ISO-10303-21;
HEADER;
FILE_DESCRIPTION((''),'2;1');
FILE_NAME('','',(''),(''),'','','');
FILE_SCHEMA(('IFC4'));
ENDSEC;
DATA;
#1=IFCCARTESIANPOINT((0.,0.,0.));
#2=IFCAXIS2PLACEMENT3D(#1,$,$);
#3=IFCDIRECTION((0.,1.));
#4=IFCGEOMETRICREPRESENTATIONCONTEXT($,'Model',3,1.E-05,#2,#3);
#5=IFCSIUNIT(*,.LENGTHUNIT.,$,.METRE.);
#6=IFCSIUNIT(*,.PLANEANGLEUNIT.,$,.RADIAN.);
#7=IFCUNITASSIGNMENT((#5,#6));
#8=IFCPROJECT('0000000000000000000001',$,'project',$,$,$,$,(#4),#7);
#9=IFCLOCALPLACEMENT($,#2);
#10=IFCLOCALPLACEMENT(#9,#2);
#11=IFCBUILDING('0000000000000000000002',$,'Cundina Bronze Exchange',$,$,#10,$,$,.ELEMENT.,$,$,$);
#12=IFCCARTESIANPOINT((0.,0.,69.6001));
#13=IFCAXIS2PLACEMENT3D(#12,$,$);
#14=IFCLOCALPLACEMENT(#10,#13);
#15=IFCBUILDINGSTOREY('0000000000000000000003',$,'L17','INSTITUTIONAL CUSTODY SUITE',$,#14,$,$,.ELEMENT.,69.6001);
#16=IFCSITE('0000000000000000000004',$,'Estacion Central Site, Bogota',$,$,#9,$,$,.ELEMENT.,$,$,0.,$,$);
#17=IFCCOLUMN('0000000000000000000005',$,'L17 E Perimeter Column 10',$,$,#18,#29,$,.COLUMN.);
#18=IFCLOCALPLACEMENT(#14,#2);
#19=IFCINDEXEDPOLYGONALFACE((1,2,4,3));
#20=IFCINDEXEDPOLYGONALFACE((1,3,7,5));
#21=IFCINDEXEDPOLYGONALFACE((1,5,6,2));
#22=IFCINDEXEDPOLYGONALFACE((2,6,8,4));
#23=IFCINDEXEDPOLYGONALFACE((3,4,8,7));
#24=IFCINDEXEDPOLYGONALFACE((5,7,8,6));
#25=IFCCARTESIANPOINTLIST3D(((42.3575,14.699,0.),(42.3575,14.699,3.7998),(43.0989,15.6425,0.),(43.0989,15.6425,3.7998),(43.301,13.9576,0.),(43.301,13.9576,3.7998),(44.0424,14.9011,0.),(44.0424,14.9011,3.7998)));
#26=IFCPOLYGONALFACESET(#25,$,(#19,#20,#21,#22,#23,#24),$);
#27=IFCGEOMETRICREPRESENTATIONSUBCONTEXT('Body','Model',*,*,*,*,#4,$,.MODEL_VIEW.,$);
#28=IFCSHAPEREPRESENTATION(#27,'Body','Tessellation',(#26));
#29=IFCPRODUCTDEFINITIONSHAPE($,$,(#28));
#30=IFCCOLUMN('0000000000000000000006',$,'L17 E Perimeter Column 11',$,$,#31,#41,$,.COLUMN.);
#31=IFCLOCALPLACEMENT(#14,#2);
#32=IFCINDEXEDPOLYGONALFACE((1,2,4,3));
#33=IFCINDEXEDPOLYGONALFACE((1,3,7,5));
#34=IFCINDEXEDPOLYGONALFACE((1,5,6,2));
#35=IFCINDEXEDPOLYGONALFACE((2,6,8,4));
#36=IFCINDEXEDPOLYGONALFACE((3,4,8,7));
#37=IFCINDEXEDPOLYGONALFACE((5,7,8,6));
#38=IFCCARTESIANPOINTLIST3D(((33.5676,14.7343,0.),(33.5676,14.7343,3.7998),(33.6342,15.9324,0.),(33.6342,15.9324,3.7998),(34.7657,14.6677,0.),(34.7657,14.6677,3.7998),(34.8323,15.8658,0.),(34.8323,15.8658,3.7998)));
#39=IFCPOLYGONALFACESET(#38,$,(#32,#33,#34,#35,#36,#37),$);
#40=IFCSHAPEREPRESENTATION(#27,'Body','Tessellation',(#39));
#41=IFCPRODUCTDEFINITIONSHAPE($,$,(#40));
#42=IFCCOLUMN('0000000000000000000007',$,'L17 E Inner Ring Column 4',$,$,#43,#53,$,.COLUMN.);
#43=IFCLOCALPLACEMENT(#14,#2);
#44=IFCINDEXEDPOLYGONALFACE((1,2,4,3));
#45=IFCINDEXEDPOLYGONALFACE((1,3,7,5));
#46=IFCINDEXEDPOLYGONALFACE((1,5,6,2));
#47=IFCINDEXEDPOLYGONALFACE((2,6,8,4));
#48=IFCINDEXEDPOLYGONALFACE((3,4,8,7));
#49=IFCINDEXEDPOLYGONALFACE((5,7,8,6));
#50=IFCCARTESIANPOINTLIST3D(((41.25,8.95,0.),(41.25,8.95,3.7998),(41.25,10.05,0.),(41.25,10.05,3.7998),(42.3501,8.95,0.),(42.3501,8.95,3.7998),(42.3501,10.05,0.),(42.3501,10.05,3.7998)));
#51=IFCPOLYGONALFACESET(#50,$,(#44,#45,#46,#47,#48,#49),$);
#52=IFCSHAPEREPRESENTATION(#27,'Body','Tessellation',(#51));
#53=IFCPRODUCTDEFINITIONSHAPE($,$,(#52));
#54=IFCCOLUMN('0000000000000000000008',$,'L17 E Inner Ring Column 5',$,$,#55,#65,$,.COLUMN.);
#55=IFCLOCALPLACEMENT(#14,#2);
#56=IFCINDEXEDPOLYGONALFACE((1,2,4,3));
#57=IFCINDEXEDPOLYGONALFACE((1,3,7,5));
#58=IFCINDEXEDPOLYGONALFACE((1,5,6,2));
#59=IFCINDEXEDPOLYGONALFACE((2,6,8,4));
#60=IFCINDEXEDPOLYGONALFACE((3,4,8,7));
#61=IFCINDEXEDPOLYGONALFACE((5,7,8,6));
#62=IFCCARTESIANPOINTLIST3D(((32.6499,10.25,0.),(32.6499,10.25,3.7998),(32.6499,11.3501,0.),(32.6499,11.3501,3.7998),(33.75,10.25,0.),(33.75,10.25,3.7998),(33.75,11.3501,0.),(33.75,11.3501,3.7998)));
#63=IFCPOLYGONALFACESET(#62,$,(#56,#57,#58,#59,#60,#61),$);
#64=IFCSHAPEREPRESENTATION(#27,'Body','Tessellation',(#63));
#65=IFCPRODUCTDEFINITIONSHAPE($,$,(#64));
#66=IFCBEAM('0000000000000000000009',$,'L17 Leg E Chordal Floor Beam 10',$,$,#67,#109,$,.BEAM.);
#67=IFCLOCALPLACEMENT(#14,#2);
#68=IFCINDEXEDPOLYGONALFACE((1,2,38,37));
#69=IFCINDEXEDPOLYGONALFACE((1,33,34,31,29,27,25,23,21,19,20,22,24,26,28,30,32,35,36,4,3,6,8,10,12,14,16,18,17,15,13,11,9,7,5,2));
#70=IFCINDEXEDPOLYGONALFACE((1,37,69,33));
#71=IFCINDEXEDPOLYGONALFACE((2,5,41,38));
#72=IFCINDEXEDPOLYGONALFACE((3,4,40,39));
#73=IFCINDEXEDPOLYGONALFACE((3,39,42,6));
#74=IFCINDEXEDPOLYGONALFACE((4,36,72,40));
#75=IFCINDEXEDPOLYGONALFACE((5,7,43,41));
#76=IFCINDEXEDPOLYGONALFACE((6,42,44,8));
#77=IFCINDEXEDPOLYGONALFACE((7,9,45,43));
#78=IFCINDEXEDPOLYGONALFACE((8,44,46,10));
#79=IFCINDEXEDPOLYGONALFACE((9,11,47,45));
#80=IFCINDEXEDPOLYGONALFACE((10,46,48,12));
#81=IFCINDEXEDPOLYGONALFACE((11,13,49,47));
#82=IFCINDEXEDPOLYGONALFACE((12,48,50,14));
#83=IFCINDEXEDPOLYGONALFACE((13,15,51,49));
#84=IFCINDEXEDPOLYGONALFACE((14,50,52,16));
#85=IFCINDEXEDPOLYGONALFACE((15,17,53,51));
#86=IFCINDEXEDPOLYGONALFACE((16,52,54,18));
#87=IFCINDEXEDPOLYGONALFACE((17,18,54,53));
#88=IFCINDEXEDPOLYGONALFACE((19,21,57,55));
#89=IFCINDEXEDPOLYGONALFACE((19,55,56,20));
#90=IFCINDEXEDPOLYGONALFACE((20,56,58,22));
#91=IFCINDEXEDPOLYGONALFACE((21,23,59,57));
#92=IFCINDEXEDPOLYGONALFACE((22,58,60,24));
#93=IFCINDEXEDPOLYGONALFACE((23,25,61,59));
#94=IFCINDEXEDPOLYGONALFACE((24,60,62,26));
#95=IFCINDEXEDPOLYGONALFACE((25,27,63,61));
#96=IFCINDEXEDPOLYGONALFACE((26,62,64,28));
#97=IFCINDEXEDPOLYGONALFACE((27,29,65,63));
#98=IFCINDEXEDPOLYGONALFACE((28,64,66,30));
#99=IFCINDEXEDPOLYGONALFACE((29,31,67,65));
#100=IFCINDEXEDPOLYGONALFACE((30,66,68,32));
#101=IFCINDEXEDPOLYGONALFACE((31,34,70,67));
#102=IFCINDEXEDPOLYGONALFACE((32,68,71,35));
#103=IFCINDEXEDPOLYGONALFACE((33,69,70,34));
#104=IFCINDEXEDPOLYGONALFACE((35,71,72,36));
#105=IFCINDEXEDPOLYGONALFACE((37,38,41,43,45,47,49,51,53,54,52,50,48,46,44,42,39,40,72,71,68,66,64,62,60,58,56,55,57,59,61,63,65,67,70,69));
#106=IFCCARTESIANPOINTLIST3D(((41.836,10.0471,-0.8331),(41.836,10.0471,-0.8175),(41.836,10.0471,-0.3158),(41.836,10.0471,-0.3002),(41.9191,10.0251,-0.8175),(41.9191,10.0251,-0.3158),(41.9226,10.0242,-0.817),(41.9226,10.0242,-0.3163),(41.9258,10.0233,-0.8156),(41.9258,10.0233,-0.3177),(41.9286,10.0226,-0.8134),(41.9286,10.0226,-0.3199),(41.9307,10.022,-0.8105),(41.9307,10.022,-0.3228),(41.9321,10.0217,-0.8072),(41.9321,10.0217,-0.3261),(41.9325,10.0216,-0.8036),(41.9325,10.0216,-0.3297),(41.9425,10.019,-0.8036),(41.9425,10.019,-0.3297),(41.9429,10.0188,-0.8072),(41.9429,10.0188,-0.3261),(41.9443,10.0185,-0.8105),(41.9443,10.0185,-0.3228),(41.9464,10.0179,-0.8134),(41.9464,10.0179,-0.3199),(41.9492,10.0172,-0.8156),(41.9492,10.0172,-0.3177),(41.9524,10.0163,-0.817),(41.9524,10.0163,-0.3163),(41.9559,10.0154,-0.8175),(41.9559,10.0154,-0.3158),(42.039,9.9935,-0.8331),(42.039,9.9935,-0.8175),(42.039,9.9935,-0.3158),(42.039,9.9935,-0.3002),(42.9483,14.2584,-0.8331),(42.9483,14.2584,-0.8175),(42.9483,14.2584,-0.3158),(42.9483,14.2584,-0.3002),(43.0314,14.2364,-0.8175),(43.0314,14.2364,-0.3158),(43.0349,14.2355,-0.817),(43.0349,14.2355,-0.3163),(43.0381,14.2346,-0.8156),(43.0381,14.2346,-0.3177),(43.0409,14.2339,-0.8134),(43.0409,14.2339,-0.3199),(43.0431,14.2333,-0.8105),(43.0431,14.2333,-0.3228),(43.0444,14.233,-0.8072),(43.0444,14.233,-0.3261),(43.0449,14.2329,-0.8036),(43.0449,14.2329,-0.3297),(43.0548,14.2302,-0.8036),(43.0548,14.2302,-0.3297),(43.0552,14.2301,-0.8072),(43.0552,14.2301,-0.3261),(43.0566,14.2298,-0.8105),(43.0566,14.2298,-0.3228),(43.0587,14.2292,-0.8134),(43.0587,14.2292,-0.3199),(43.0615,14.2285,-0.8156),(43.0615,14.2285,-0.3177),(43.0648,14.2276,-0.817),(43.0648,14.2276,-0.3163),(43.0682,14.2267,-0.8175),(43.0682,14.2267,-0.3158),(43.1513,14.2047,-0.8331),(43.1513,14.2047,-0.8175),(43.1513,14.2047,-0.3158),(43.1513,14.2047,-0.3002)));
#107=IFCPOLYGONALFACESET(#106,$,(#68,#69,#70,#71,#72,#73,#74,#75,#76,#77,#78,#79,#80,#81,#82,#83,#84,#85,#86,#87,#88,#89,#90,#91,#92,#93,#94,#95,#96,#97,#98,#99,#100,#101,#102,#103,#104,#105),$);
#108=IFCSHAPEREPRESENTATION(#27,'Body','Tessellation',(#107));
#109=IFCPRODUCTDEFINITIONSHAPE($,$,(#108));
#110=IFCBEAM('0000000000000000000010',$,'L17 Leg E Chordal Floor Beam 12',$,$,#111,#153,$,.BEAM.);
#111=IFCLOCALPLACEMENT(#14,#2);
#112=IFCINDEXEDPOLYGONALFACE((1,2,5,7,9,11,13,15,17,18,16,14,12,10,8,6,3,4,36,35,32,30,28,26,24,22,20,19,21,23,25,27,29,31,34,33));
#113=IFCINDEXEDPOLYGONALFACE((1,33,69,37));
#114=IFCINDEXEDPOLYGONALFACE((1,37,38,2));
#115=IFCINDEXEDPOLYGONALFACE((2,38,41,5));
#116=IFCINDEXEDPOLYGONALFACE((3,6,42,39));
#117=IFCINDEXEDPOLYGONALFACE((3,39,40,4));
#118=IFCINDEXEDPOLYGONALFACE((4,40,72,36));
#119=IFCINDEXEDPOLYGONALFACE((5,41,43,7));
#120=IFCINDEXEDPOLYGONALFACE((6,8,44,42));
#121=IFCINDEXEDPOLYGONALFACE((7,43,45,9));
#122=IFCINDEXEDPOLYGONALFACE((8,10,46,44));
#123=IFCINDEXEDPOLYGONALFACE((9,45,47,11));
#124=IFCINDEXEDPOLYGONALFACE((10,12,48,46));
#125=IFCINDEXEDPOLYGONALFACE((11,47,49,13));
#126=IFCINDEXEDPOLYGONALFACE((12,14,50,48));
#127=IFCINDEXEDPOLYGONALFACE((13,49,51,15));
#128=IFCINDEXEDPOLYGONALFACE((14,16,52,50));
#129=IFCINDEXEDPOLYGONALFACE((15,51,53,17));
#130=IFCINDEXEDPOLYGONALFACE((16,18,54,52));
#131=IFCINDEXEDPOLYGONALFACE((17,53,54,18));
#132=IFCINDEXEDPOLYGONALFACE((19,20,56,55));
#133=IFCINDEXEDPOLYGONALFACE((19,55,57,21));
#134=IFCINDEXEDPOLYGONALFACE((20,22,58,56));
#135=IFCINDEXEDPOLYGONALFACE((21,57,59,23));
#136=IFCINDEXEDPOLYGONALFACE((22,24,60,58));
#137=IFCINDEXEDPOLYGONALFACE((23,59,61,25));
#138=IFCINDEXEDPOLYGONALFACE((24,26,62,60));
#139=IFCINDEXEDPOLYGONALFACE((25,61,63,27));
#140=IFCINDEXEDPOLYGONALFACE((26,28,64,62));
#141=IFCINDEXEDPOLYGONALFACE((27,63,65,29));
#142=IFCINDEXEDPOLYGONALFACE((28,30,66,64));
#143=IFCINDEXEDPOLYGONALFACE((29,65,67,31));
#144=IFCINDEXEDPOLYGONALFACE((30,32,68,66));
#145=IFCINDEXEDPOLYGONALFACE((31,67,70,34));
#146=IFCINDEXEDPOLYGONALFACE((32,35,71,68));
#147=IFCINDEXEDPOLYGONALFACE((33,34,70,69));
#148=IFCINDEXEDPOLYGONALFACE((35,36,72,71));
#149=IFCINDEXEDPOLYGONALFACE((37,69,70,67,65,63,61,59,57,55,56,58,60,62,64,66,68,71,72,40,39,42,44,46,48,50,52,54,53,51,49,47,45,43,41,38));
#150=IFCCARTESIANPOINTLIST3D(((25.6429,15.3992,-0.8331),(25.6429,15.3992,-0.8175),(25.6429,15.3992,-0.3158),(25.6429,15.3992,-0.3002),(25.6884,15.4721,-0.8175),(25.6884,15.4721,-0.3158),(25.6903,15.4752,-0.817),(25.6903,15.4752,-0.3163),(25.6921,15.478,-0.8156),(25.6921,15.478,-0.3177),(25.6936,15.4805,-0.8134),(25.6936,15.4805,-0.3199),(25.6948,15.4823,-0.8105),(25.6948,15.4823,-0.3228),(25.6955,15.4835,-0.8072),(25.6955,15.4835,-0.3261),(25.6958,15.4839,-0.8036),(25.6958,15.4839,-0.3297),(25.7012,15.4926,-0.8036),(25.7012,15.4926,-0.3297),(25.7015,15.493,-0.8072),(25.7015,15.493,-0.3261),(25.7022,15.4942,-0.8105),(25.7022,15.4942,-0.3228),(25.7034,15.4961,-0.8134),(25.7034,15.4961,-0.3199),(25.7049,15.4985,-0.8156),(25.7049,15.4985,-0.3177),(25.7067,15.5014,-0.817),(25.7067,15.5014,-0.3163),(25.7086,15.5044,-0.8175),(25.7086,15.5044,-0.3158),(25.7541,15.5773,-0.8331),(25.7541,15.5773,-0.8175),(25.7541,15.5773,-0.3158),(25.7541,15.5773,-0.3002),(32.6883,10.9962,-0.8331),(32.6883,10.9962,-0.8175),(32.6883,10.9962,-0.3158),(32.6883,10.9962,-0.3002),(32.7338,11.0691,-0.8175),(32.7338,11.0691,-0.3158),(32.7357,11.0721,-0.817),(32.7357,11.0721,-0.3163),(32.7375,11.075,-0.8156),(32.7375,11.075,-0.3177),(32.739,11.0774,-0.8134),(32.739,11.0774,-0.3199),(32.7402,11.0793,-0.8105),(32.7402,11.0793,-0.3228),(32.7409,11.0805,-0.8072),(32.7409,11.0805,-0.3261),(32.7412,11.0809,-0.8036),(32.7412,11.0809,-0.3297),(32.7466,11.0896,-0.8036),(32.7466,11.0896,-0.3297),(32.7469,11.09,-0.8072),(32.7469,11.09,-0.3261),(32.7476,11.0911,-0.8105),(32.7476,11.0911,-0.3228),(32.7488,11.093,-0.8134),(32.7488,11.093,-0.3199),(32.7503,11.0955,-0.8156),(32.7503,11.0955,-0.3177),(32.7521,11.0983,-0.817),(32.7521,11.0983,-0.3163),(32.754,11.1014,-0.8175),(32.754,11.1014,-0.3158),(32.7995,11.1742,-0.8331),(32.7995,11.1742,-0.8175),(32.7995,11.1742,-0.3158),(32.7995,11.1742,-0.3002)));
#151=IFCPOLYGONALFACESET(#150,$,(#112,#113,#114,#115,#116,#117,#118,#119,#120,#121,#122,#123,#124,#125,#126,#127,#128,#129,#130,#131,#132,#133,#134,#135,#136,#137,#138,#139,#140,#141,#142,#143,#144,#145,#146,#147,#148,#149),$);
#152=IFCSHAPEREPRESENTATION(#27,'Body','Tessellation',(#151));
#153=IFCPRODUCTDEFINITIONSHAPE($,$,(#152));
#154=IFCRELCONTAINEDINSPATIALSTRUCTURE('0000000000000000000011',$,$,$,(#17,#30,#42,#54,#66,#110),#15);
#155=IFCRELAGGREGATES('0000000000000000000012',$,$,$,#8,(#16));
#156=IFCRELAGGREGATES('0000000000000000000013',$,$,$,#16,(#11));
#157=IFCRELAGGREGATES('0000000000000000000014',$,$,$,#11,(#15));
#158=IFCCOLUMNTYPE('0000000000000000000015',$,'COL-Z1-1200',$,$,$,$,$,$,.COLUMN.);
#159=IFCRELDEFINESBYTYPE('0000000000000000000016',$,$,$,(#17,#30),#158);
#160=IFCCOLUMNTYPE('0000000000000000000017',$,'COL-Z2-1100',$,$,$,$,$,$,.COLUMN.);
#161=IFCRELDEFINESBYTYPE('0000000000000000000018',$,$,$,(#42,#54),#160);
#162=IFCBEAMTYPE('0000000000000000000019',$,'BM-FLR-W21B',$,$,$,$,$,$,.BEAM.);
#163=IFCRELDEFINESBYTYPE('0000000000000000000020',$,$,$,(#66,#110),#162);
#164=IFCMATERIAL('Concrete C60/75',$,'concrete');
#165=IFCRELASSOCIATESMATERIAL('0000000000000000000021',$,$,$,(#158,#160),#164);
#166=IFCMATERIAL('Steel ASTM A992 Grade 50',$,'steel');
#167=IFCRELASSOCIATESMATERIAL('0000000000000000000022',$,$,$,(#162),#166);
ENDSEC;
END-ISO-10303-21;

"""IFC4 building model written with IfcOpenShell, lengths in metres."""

from ifc_helpers import new_model, si_unit, direction, frame, origin, origin_2d, place, context, subcontext, project, spatial, rectangle, i_section, extrude, material, material_profile, profile_set, type_object, element, save


model = new_model("IFC4")

# Units and contexts
model_context = context("Model", 3, precision=1e-05, world=origin(), true_north=direction((0.0, 1.0)))
body_context = subcontext(model_context, "Body", "Model", "MODEL_VIEW")
ifc_project = project(units=[si_unit("LENGTHUNIT", "METRE"), si_unit("PLANEANGLEUNIT", "RADIAN")], contexts=[model_context])

# Site, building, storey
site_placement = place(None, origin())
site = spatial("IfcSite", under=ifc_project, at=site_placement, Name="Estacion Central Site, Bogota", CompositionType="ELEMENT", RefElevation=0.0)
building_placement = place(site_placement, origin())
building = spatial("IfcBuilding", under=site, at=building_placement, Name="Cundina Bronze Exchange", CompositionType="ELEMENT")
storey_placement = place(building_placement, frame((0.0, 0.0, 69.6001)))
storey = spatial("IfcBuildingStorey", under=building, at=storey_placement, Name="L17", Description="INSTITUTIONAL CUSTODY SUITE", CompositionType="ELEMENT", Elevation=69.6001)

# Columns
ifc_material_1 = material(Name="Concrete C60/75", Category="concrete")
ifc_material_profile_1 = material_profile(ifc_material_1, rectangle(XDim=1.2, YDim=1.2, at=origin_2d()), Name="RC1200X1200", Category="concrete")
ifc_profile_set_1 = profile_set([ifc_material_profile_1], Name="Concrete C60/75")
column_type_1 = type_object("IfcColumnType", Name="COL-Z1-1200", PredefinedType="COLUMN", material=ifc_profile_set_1)
for number, where, z_axis, x_axis, name in (
    (1, (43.2, 14.8, 0.0), (0.0, 0.0, 1.0), (-0.786288, 0.61786, 0.0), "L17 E Perimeter Column 10"),
    (2, (34.2, 15.3, 0.0), (0.0, 0.0, 1.0), (-0.99846, 0.055473, 0.0), "L17 E Perimeter Column 11"),
):
    element("IfcColumn", number, at=place(storey_placement, frame(where, z_axis=z_axis, x_axis=x_axis)), inside=storey, type_object=column_type_1, Name=name, PredefinedType="COLUMN", context=body_context, shape_type="SweptSolid", body=[
        extrude(rectangle(XDim=1.2, YDim=1.2, at=origin_2d()), origin(), (0.0, 0.0, 1.0), 3.7998),
    ])
ifc_material_profile_2 = material_profile(ifc_material_1, rectangle(XDim=1.1001, YDim=1.1001, at=origin_2d()), Name="RC1100X1100", Category="concrete")
ifc_profile_set_2 = profile_set([ifc_material_profile_2], Name="Concrete C60/75")
column_type_2 = type_object("IfcColumnType", Name="COL-Z2-1100", PredefinedType="COLUMN", material=ifc_profile_set_2)
for number, where, z_axis, x_axis, name in (
    (3, (41.8, 9.5, 0.0), (0.0, 0.0, 1.0), (1.0, 0.0, 0.0), "L17 E Inner Ring Column 4"),
    (4, (33.2, 10.8, 0.0), (0.0, 0.0, 1.0), (1.0, 0.0, 0.0), "L17 E Inner Ring Column 5"),
):
    element("IfcColumn", number, at=place(storey_placement, frame(where, z_axis=z_axis, x_axis=x_axis)), inside=storey, type_object=column_type_2, Name=name, PredefinedType="COLUMN", context=body_context, shape_type="SweptSolid", body=[
        extrude(rectangle(XDim=1.1001, YDim=1.1001, at=origin_2d()), origin(), (0.0, 0.0, 1.0), 3.7998),
    ])

# Beams
ifc_material_2 = material(Name="Steel ASTM A992 Grade 50", Category="steel")
ifc_material_profile_3 = material_profile(ifc_material_2, i_section(OverallWidth=0.21, OverallDepth=0.533, WebThickness=0.0103, FlangeThickness=0.0156, FilletRadius=0.0139, at=origin_2d()), Name="W21X62", Category="steel")
ifc_profile_set_3 = profile_set([ifc_material_profile_3], Name="Steel ASTM A992 Grade 50")
beam_type_1 = type_object("IfcBeamType", Name="BM-FLR-W21B", PredefinedType="BEAM", material=ifc_profile_set_3)
beam_1_placement = place(storey_placement, frame((41.9375, 10.0203, -0.5667), z_axis=(0.255373, 0.966843, 0.0), x_axis=(-0.966843, 0.255373, 0.0)))
element("IfcBeam", 5, at=beam_1_placement, inside=storey, type_object=beam_type_1, Name="L17 Leg E Chordal Floor Beam 10", PredefinedType="BEAM", context=body_context, shape_type="SweptSolid", body=[
    extrude(i_section(OverallWidth=0.21, OverallDepth=0.533, WebThickness=0.0103, FlangeThickness=0.0156, FilletRadius=0.0139, at=origin_2d()), origin(), (0.0, 0.0, 1.0), 4.3557),
])
beam_2_placement = place(storey_placement, frame((32.7439, 11.0852, -0.5667), z_axis=(-0.848015, 0.529973, 0.0), x_axis=(-0.529973, -0.848015, 0.0)))
element("IfcBeam", 6, at=beam_2_placement, inside=storey, type_object=beam_type_1, Name="L17 Leg E Chordal Floor Beam 12", PredefinedType="BEAM", context=body_context, shape_type="SweptSolid", body=[
    extrude(i_section(OverallWidth=0.21, OverallDepth=0.533, WebThickness=0.0103, FlangeThickness=0.0156, FilletRadius=0.0139, at=origin_2d()), origin(), (0.0, 0.0, 1.0), 8.3081),
])

save(model, "model.ifc")
